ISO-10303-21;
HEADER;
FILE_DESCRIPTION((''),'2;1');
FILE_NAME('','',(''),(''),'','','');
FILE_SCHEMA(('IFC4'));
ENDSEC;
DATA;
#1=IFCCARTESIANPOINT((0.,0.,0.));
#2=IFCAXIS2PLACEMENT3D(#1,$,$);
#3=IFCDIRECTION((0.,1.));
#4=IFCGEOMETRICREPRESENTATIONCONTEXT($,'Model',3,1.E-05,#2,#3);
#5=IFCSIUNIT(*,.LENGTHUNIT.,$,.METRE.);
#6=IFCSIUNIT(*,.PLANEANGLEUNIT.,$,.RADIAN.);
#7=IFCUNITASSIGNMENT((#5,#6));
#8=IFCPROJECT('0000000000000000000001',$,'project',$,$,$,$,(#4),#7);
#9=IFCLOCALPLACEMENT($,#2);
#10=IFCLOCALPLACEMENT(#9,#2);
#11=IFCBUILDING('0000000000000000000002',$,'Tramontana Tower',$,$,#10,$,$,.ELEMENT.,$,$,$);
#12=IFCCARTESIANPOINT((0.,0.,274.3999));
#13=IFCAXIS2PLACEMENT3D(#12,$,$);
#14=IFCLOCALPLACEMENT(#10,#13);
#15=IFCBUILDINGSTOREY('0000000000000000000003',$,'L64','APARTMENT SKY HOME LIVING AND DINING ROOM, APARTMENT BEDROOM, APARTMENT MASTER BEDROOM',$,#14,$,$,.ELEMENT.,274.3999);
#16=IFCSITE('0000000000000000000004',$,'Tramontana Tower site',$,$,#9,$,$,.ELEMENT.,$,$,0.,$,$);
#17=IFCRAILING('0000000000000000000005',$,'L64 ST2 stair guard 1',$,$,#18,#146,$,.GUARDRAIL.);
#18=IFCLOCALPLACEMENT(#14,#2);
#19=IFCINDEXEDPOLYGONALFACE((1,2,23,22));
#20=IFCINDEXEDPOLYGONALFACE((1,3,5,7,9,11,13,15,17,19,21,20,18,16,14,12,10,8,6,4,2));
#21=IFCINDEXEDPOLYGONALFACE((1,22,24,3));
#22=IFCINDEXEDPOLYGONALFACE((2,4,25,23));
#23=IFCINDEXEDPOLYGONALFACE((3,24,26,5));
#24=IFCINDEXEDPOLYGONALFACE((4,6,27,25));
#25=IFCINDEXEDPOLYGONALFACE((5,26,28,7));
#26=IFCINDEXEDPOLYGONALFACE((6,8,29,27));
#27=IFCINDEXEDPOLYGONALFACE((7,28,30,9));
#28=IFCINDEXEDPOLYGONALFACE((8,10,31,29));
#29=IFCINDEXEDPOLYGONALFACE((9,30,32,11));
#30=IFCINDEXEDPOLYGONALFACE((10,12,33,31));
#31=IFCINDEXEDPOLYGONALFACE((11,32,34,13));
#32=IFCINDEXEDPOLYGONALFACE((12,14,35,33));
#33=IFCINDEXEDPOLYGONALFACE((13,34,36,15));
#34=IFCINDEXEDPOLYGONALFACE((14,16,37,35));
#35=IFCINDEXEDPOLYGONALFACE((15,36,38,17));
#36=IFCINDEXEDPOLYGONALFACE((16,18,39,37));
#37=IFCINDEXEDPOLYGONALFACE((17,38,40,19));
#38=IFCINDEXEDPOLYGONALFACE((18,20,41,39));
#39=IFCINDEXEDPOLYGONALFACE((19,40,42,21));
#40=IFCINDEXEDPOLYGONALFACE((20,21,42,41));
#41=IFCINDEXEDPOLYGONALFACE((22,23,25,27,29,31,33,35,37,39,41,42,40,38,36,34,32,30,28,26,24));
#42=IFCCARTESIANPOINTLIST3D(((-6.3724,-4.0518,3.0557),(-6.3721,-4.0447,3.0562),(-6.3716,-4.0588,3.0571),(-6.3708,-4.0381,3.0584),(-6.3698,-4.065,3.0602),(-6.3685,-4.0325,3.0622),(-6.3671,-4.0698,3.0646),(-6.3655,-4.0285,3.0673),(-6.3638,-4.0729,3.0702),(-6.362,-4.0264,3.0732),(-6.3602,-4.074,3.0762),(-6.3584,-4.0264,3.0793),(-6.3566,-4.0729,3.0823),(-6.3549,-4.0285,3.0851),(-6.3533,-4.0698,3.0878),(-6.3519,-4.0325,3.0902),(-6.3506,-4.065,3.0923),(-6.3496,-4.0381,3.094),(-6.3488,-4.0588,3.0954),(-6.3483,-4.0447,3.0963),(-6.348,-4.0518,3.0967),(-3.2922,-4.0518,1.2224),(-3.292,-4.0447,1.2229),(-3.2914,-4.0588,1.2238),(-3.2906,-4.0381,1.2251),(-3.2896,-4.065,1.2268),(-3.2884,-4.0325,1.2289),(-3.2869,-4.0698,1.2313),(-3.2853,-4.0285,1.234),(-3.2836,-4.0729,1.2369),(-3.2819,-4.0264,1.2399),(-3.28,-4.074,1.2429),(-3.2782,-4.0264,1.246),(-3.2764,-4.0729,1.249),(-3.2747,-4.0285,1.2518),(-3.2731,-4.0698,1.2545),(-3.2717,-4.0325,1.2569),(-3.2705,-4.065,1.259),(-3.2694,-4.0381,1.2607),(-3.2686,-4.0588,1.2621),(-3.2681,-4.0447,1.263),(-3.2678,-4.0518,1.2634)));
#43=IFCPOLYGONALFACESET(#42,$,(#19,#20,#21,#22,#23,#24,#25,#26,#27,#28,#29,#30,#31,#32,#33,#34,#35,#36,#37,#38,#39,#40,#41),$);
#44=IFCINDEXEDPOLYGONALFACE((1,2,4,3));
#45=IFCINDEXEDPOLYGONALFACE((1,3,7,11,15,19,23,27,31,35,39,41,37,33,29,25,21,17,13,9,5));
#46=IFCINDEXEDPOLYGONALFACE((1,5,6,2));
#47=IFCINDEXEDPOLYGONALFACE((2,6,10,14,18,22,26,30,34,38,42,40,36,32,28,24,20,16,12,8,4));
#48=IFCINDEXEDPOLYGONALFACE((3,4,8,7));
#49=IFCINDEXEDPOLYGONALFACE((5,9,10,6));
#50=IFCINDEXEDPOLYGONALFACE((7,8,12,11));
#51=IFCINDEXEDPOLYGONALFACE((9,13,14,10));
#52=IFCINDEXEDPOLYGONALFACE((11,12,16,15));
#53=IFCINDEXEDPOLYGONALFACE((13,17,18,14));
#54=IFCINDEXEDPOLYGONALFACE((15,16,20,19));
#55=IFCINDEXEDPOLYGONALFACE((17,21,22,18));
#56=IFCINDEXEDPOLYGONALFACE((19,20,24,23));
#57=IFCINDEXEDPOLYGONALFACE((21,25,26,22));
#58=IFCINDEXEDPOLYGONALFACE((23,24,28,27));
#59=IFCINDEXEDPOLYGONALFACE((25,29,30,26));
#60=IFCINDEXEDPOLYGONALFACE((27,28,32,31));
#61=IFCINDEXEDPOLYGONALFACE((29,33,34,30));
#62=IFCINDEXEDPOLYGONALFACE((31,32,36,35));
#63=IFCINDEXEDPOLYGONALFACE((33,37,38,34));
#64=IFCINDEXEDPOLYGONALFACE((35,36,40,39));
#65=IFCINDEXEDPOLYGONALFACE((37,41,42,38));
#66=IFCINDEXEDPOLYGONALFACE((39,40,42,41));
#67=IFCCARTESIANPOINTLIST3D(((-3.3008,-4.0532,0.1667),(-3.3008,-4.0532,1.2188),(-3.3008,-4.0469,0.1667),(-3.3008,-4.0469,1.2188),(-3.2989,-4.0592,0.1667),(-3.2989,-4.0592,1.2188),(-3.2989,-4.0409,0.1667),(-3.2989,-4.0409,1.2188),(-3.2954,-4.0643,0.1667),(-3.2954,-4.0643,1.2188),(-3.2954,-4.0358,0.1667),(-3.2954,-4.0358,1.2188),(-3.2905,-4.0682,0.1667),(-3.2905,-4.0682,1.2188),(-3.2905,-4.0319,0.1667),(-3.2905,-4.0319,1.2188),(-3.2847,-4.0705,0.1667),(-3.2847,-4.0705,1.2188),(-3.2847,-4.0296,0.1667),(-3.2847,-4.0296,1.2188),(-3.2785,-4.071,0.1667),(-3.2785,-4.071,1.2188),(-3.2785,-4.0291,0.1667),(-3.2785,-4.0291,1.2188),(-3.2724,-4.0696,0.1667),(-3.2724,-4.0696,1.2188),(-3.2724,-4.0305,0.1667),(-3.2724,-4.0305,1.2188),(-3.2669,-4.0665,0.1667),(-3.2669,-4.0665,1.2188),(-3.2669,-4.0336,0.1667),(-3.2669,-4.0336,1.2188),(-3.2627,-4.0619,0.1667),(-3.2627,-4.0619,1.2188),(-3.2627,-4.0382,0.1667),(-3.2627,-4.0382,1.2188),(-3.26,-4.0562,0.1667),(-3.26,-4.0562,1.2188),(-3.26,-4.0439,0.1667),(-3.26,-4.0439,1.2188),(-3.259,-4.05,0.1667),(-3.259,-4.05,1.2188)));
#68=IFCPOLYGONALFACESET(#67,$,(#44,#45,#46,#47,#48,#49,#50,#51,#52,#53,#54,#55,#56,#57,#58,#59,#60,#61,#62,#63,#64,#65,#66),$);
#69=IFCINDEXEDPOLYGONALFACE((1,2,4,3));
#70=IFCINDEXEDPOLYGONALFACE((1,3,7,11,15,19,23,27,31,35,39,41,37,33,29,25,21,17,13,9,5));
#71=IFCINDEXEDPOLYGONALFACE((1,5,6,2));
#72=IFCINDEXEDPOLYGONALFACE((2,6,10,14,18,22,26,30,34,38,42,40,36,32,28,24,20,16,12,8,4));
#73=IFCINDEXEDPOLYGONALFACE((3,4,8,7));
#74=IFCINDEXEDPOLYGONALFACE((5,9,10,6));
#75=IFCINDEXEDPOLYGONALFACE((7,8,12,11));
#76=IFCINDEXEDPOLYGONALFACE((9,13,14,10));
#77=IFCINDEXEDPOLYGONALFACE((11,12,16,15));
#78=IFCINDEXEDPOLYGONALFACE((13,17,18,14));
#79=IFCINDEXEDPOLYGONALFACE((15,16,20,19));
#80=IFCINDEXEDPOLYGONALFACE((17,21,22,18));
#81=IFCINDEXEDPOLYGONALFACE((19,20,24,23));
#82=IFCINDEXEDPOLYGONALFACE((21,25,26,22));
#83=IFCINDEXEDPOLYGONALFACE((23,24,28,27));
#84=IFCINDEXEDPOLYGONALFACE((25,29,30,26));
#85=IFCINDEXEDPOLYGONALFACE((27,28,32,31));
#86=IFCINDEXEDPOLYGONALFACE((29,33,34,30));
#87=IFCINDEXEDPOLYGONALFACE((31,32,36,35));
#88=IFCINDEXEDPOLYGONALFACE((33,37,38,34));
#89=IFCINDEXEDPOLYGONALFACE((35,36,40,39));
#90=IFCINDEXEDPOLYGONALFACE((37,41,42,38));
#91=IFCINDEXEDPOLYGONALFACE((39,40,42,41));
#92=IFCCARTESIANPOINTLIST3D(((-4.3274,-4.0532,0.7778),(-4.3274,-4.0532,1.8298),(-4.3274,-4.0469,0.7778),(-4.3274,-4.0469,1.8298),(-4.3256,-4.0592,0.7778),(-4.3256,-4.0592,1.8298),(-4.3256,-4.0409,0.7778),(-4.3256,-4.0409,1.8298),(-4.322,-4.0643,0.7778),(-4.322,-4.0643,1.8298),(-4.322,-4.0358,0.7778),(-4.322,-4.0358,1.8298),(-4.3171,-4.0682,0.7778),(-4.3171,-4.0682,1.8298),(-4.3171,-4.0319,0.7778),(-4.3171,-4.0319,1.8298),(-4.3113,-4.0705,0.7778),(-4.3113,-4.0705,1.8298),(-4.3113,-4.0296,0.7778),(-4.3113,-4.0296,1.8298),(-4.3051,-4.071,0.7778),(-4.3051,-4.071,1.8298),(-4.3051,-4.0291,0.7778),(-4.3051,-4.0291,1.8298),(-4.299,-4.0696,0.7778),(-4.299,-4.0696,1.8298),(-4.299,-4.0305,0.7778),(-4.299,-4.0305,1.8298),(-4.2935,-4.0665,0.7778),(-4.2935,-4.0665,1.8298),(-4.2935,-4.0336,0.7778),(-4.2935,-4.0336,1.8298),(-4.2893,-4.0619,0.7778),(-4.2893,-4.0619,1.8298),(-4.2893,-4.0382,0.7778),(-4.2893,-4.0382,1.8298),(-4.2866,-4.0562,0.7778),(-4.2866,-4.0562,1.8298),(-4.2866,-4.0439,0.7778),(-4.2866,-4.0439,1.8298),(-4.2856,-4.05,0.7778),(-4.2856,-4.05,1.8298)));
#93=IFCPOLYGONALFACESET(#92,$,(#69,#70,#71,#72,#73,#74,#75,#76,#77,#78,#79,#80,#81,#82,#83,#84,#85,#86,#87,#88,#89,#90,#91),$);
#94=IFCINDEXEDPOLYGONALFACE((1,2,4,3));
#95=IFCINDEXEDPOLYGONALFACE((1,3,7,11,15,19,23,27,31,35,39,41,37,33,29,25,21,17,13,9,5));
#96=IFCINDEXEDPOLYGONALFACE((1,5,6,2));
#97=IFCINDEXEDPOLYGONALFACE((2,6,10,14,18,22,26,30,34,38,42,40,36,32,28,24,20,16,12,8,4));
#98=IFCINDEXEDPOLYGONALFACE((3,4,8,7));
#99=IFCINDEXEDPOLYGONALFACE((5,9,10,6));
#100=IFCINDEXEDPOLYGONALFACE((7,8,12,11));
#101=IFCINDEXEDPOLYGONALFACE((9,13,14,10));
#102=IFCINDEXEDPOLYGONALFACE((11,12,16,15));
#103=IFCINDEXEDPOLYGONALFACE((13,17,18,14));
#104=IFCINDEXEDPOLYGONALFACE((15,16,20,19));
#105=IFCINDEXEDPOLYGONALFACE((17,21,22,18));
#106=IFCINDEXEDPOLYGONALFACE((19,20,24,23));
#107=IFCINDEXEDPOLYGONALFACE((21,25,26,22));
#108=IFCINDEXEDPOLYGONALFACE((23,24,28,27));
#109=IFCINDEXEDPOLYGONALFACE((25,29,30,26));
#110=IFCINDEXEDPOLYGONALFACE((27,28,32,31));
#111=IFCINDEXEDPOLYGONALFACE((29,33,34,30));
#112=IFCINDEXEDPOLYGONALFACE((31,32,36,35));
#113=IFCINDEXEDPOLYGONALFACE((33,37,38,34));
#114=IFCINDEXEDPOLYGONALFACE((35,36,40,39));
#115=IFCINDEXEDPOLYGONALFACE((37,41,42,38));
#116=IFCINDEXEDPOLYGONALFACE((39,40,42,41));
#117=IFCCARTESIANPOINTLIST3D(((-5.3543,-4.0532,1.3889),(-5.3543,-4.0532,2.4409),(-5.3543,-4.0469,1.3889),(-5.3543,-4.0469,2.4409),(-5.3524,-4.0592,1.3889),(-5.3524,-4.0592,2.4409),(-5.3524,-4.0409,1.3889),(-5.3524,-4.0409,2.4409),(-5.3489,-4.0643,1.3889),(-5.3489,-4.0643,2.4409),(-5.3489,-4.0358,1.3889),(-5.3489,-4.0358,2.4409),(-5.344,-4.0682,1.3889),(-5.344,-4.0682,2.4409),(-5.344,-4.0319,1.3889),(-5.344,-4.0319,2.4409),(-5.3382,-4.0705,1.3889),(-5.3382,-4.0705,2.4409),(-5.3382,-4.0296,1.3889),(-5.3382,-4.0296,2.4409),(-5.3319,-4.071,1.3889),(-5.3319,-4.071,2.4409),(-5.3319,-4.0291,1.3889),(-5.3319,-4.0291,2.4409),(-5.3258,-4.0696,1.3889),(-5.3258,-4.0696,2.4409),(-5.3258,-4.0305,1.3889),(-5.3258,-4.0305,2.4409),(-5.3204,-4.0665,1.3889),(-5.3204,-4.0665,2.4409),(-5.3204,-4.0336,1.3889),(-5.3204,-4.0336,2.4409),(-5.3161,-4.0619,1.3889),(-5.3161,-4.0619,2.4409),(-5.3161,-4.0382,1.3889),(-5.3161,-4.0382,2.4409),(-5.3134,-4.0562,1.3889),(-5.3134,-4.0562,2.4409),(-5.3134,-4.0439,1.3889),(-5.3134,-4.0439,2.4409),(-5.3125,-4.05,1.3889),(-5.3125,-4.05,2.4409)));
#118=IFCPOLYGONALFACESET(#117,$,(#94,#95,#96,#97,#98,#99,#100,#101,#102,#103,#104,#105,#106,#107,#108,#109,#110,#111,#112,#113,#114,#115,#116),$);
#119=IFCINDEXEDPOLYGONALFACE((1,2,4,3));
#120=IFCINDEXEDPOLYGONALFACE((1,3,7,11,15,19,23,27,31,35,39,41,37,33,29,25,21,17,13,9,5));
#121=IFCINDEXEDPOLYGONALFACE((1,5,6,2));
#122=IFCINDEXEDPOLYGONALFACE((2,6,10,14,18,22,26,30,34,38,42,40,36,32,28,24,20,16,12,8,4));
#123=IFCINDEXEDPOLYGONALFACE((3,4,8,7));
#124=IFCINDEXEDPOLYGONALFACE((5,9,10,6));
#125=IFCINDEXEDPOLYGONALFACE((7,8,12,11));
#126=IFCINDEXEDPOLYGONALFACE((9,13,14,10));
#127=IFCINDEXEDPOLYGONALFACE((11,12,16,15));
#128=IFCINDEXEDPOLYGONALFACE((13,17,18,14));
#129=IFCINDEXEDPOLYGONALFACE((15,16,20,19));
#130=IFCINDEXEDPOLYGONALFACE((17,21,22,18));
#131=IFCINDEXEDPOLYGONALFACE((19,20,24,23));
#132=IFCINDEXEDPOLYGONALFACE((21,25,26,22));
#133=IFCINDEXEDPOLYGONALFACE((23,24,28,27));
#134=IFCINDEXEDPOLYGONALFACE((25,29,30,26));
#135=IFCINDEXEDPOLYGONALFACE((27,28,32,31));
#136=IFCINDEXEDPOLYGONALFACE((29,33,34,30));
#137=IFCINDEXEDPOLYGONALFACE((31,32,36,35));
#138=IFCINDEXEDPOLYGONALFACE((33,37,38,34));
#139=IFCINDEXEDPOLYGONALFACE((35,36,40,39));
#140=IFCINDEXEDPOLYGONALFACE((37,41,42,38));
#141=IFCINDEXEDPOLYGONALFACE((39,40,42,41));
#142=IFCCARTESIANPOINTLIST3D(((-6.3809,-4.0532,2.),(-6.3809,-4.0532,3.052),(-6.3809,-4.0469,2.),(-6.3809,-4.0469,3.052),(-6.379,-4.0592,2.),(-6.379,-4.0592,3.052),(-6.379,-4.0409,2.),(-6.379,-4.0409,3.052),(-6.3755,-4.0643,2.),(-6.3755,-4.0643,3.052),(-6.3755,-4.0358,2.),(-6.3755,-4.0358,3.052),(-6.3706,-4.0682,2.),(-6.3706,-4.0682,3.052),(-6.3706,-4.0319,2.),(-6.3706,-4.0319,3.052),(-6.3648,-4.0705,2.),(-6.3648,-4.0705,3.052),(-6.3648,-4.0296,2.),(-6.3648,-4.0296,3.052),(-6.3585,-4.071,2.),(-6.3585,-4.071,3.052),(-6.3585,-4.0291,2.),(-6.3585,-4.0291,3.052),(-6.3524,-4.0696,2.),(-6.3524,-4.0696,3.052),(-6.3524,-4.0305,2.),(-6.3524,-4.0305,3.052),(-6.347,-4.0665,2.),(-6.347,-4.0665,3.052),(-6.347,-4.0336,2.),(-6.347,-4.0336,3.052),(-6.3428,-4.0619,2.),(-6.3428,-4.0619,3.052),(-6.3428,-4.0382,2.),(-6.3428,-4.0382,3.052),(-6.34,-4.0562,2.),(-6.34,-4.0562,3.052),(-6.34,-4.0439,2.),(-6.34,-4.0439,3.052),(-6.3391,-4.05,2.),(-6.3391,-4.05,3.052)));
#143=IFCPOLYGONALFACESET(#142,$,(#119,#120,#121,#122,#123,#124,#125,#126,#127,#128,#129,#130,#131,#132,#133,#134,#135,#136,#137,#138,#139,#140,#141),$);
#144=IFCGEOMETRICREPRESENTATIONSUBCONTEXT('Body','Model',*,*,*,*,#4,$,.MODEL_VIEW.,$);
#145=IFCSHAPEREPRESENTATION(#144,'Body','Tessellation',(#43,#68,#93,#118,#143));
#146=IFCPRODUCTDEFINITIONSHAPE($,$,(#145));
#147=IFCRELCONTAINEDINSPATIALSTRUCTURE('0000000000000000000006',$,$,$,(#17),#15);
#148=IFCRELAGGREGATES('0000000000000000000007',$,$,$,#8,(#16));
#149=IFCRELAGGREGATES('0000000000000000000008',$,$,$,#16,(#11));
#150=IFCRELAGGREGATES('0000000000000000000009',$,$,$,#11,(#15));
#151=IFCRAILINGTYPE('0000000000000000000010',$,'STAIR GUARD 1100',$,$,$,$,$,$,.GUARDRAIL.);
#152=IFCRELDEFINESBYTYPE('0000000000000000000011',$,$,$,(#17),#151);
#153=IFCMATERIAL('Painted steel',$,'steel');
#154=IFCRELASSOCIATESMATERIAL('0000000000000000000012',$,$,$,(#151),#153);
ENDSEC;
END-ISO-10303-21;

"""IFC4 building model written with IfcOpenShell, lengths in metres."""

from ifc_helpers import new_model, si_unit, direction, frame, origin, origin_2d, place, context, subcontext, project, spatial, circle, extrude, material, type_object, element, save


model = new_model("IFC4")

# Units and contexts
model_context = context("Model", 3, precision=1e-05, world=origin(), true_north=direction((0.0, 1.0)))
body_context = subcontext(model_context, "Body", "Model", "MODEL_VIEW")
ifc_project = project(units=[si_unit("LENGTHUNIT", "METRE"), si_unit("PLANEANGLEUNIT", "RADIAN")], contexts=[model_context])

# Site, building, storey
site_placement = place(None, origin())
site = spatial("IfcSite", under=ifc_project, at=site_placement, Name="Tramontana Tower site", CompositionType="ELEMENT", RefElevation=0.0)
building_placement = place(site_placement, origin())
building = spatial("IfcBuilding", under=site, at=building_placement, Name="Tramontana Tower", CompositionType="ELEMENT")
storey_placement = place(building_placement, frame((0.0, 0.0, 274.3999)))
storey = spatial("IfcBuildingStorey", under=building, at=storey_placement, Name="L64", Description="APARTMENT SKY HOME LIVING AND DINING ROOM, APARTMENT BEDROOM, APARTMENT MASTER BEDROOM", CompositionType="ELEMENT", Elevation=274.3999)

# Railing
ifc_material_1 = material(Name="Painted steel", Category="steel")
railing_type_1 = type_object("IfcRailingType", Name="STAIR GUARD 1100", PredefinedType="GUARDRAIL", material=ifc_material_1)
railing_1_placement = place(storey_placement, frame((-3.28, -4.05, 0.1667)))
element("IfcRailing", 1, at=railing_1_placement, inside=storey, type_object=railing_type_1, Name="L64 ST2 stair guard 1", PredefinedType="GUARDRAIL", context=body_context, shape_type="SweptSolid", body=[
    extrude(circle(Radius=0.0239, at=origin_2d()), frame((0.0, 0.0, 1.0762), z_axis=(-0.859309, 0.0, 0.511458), x_axis=(0.0, -1.0, 0.0)), (0.0, 0.0, 1.0), 3.5845),
    extrude(circle(Radius=0.021, at=origin_2d()), origin(), (0.0, 0.0, 1.0), 1.052),
    extrude(circle(Radius=0.021, at=origin_2d()), frame((-1.0266, 0.0, 0.6111)), (0.0, 0.0, 1.0), 1.052),
    extrude(circle(Radius=0.021, at=origin_2d()), frame((-2.0535, 0.0, 1.2222)), (0.0, 0.0, 1.0), 1.052),
    extrude(circle(Radius=0.021, at=origin_2d()), frame((-3.0801, 0.0, 1.8333)), (0.0, 0.0, 1.0), 1.052),
])

save(model, "model.ifc")
